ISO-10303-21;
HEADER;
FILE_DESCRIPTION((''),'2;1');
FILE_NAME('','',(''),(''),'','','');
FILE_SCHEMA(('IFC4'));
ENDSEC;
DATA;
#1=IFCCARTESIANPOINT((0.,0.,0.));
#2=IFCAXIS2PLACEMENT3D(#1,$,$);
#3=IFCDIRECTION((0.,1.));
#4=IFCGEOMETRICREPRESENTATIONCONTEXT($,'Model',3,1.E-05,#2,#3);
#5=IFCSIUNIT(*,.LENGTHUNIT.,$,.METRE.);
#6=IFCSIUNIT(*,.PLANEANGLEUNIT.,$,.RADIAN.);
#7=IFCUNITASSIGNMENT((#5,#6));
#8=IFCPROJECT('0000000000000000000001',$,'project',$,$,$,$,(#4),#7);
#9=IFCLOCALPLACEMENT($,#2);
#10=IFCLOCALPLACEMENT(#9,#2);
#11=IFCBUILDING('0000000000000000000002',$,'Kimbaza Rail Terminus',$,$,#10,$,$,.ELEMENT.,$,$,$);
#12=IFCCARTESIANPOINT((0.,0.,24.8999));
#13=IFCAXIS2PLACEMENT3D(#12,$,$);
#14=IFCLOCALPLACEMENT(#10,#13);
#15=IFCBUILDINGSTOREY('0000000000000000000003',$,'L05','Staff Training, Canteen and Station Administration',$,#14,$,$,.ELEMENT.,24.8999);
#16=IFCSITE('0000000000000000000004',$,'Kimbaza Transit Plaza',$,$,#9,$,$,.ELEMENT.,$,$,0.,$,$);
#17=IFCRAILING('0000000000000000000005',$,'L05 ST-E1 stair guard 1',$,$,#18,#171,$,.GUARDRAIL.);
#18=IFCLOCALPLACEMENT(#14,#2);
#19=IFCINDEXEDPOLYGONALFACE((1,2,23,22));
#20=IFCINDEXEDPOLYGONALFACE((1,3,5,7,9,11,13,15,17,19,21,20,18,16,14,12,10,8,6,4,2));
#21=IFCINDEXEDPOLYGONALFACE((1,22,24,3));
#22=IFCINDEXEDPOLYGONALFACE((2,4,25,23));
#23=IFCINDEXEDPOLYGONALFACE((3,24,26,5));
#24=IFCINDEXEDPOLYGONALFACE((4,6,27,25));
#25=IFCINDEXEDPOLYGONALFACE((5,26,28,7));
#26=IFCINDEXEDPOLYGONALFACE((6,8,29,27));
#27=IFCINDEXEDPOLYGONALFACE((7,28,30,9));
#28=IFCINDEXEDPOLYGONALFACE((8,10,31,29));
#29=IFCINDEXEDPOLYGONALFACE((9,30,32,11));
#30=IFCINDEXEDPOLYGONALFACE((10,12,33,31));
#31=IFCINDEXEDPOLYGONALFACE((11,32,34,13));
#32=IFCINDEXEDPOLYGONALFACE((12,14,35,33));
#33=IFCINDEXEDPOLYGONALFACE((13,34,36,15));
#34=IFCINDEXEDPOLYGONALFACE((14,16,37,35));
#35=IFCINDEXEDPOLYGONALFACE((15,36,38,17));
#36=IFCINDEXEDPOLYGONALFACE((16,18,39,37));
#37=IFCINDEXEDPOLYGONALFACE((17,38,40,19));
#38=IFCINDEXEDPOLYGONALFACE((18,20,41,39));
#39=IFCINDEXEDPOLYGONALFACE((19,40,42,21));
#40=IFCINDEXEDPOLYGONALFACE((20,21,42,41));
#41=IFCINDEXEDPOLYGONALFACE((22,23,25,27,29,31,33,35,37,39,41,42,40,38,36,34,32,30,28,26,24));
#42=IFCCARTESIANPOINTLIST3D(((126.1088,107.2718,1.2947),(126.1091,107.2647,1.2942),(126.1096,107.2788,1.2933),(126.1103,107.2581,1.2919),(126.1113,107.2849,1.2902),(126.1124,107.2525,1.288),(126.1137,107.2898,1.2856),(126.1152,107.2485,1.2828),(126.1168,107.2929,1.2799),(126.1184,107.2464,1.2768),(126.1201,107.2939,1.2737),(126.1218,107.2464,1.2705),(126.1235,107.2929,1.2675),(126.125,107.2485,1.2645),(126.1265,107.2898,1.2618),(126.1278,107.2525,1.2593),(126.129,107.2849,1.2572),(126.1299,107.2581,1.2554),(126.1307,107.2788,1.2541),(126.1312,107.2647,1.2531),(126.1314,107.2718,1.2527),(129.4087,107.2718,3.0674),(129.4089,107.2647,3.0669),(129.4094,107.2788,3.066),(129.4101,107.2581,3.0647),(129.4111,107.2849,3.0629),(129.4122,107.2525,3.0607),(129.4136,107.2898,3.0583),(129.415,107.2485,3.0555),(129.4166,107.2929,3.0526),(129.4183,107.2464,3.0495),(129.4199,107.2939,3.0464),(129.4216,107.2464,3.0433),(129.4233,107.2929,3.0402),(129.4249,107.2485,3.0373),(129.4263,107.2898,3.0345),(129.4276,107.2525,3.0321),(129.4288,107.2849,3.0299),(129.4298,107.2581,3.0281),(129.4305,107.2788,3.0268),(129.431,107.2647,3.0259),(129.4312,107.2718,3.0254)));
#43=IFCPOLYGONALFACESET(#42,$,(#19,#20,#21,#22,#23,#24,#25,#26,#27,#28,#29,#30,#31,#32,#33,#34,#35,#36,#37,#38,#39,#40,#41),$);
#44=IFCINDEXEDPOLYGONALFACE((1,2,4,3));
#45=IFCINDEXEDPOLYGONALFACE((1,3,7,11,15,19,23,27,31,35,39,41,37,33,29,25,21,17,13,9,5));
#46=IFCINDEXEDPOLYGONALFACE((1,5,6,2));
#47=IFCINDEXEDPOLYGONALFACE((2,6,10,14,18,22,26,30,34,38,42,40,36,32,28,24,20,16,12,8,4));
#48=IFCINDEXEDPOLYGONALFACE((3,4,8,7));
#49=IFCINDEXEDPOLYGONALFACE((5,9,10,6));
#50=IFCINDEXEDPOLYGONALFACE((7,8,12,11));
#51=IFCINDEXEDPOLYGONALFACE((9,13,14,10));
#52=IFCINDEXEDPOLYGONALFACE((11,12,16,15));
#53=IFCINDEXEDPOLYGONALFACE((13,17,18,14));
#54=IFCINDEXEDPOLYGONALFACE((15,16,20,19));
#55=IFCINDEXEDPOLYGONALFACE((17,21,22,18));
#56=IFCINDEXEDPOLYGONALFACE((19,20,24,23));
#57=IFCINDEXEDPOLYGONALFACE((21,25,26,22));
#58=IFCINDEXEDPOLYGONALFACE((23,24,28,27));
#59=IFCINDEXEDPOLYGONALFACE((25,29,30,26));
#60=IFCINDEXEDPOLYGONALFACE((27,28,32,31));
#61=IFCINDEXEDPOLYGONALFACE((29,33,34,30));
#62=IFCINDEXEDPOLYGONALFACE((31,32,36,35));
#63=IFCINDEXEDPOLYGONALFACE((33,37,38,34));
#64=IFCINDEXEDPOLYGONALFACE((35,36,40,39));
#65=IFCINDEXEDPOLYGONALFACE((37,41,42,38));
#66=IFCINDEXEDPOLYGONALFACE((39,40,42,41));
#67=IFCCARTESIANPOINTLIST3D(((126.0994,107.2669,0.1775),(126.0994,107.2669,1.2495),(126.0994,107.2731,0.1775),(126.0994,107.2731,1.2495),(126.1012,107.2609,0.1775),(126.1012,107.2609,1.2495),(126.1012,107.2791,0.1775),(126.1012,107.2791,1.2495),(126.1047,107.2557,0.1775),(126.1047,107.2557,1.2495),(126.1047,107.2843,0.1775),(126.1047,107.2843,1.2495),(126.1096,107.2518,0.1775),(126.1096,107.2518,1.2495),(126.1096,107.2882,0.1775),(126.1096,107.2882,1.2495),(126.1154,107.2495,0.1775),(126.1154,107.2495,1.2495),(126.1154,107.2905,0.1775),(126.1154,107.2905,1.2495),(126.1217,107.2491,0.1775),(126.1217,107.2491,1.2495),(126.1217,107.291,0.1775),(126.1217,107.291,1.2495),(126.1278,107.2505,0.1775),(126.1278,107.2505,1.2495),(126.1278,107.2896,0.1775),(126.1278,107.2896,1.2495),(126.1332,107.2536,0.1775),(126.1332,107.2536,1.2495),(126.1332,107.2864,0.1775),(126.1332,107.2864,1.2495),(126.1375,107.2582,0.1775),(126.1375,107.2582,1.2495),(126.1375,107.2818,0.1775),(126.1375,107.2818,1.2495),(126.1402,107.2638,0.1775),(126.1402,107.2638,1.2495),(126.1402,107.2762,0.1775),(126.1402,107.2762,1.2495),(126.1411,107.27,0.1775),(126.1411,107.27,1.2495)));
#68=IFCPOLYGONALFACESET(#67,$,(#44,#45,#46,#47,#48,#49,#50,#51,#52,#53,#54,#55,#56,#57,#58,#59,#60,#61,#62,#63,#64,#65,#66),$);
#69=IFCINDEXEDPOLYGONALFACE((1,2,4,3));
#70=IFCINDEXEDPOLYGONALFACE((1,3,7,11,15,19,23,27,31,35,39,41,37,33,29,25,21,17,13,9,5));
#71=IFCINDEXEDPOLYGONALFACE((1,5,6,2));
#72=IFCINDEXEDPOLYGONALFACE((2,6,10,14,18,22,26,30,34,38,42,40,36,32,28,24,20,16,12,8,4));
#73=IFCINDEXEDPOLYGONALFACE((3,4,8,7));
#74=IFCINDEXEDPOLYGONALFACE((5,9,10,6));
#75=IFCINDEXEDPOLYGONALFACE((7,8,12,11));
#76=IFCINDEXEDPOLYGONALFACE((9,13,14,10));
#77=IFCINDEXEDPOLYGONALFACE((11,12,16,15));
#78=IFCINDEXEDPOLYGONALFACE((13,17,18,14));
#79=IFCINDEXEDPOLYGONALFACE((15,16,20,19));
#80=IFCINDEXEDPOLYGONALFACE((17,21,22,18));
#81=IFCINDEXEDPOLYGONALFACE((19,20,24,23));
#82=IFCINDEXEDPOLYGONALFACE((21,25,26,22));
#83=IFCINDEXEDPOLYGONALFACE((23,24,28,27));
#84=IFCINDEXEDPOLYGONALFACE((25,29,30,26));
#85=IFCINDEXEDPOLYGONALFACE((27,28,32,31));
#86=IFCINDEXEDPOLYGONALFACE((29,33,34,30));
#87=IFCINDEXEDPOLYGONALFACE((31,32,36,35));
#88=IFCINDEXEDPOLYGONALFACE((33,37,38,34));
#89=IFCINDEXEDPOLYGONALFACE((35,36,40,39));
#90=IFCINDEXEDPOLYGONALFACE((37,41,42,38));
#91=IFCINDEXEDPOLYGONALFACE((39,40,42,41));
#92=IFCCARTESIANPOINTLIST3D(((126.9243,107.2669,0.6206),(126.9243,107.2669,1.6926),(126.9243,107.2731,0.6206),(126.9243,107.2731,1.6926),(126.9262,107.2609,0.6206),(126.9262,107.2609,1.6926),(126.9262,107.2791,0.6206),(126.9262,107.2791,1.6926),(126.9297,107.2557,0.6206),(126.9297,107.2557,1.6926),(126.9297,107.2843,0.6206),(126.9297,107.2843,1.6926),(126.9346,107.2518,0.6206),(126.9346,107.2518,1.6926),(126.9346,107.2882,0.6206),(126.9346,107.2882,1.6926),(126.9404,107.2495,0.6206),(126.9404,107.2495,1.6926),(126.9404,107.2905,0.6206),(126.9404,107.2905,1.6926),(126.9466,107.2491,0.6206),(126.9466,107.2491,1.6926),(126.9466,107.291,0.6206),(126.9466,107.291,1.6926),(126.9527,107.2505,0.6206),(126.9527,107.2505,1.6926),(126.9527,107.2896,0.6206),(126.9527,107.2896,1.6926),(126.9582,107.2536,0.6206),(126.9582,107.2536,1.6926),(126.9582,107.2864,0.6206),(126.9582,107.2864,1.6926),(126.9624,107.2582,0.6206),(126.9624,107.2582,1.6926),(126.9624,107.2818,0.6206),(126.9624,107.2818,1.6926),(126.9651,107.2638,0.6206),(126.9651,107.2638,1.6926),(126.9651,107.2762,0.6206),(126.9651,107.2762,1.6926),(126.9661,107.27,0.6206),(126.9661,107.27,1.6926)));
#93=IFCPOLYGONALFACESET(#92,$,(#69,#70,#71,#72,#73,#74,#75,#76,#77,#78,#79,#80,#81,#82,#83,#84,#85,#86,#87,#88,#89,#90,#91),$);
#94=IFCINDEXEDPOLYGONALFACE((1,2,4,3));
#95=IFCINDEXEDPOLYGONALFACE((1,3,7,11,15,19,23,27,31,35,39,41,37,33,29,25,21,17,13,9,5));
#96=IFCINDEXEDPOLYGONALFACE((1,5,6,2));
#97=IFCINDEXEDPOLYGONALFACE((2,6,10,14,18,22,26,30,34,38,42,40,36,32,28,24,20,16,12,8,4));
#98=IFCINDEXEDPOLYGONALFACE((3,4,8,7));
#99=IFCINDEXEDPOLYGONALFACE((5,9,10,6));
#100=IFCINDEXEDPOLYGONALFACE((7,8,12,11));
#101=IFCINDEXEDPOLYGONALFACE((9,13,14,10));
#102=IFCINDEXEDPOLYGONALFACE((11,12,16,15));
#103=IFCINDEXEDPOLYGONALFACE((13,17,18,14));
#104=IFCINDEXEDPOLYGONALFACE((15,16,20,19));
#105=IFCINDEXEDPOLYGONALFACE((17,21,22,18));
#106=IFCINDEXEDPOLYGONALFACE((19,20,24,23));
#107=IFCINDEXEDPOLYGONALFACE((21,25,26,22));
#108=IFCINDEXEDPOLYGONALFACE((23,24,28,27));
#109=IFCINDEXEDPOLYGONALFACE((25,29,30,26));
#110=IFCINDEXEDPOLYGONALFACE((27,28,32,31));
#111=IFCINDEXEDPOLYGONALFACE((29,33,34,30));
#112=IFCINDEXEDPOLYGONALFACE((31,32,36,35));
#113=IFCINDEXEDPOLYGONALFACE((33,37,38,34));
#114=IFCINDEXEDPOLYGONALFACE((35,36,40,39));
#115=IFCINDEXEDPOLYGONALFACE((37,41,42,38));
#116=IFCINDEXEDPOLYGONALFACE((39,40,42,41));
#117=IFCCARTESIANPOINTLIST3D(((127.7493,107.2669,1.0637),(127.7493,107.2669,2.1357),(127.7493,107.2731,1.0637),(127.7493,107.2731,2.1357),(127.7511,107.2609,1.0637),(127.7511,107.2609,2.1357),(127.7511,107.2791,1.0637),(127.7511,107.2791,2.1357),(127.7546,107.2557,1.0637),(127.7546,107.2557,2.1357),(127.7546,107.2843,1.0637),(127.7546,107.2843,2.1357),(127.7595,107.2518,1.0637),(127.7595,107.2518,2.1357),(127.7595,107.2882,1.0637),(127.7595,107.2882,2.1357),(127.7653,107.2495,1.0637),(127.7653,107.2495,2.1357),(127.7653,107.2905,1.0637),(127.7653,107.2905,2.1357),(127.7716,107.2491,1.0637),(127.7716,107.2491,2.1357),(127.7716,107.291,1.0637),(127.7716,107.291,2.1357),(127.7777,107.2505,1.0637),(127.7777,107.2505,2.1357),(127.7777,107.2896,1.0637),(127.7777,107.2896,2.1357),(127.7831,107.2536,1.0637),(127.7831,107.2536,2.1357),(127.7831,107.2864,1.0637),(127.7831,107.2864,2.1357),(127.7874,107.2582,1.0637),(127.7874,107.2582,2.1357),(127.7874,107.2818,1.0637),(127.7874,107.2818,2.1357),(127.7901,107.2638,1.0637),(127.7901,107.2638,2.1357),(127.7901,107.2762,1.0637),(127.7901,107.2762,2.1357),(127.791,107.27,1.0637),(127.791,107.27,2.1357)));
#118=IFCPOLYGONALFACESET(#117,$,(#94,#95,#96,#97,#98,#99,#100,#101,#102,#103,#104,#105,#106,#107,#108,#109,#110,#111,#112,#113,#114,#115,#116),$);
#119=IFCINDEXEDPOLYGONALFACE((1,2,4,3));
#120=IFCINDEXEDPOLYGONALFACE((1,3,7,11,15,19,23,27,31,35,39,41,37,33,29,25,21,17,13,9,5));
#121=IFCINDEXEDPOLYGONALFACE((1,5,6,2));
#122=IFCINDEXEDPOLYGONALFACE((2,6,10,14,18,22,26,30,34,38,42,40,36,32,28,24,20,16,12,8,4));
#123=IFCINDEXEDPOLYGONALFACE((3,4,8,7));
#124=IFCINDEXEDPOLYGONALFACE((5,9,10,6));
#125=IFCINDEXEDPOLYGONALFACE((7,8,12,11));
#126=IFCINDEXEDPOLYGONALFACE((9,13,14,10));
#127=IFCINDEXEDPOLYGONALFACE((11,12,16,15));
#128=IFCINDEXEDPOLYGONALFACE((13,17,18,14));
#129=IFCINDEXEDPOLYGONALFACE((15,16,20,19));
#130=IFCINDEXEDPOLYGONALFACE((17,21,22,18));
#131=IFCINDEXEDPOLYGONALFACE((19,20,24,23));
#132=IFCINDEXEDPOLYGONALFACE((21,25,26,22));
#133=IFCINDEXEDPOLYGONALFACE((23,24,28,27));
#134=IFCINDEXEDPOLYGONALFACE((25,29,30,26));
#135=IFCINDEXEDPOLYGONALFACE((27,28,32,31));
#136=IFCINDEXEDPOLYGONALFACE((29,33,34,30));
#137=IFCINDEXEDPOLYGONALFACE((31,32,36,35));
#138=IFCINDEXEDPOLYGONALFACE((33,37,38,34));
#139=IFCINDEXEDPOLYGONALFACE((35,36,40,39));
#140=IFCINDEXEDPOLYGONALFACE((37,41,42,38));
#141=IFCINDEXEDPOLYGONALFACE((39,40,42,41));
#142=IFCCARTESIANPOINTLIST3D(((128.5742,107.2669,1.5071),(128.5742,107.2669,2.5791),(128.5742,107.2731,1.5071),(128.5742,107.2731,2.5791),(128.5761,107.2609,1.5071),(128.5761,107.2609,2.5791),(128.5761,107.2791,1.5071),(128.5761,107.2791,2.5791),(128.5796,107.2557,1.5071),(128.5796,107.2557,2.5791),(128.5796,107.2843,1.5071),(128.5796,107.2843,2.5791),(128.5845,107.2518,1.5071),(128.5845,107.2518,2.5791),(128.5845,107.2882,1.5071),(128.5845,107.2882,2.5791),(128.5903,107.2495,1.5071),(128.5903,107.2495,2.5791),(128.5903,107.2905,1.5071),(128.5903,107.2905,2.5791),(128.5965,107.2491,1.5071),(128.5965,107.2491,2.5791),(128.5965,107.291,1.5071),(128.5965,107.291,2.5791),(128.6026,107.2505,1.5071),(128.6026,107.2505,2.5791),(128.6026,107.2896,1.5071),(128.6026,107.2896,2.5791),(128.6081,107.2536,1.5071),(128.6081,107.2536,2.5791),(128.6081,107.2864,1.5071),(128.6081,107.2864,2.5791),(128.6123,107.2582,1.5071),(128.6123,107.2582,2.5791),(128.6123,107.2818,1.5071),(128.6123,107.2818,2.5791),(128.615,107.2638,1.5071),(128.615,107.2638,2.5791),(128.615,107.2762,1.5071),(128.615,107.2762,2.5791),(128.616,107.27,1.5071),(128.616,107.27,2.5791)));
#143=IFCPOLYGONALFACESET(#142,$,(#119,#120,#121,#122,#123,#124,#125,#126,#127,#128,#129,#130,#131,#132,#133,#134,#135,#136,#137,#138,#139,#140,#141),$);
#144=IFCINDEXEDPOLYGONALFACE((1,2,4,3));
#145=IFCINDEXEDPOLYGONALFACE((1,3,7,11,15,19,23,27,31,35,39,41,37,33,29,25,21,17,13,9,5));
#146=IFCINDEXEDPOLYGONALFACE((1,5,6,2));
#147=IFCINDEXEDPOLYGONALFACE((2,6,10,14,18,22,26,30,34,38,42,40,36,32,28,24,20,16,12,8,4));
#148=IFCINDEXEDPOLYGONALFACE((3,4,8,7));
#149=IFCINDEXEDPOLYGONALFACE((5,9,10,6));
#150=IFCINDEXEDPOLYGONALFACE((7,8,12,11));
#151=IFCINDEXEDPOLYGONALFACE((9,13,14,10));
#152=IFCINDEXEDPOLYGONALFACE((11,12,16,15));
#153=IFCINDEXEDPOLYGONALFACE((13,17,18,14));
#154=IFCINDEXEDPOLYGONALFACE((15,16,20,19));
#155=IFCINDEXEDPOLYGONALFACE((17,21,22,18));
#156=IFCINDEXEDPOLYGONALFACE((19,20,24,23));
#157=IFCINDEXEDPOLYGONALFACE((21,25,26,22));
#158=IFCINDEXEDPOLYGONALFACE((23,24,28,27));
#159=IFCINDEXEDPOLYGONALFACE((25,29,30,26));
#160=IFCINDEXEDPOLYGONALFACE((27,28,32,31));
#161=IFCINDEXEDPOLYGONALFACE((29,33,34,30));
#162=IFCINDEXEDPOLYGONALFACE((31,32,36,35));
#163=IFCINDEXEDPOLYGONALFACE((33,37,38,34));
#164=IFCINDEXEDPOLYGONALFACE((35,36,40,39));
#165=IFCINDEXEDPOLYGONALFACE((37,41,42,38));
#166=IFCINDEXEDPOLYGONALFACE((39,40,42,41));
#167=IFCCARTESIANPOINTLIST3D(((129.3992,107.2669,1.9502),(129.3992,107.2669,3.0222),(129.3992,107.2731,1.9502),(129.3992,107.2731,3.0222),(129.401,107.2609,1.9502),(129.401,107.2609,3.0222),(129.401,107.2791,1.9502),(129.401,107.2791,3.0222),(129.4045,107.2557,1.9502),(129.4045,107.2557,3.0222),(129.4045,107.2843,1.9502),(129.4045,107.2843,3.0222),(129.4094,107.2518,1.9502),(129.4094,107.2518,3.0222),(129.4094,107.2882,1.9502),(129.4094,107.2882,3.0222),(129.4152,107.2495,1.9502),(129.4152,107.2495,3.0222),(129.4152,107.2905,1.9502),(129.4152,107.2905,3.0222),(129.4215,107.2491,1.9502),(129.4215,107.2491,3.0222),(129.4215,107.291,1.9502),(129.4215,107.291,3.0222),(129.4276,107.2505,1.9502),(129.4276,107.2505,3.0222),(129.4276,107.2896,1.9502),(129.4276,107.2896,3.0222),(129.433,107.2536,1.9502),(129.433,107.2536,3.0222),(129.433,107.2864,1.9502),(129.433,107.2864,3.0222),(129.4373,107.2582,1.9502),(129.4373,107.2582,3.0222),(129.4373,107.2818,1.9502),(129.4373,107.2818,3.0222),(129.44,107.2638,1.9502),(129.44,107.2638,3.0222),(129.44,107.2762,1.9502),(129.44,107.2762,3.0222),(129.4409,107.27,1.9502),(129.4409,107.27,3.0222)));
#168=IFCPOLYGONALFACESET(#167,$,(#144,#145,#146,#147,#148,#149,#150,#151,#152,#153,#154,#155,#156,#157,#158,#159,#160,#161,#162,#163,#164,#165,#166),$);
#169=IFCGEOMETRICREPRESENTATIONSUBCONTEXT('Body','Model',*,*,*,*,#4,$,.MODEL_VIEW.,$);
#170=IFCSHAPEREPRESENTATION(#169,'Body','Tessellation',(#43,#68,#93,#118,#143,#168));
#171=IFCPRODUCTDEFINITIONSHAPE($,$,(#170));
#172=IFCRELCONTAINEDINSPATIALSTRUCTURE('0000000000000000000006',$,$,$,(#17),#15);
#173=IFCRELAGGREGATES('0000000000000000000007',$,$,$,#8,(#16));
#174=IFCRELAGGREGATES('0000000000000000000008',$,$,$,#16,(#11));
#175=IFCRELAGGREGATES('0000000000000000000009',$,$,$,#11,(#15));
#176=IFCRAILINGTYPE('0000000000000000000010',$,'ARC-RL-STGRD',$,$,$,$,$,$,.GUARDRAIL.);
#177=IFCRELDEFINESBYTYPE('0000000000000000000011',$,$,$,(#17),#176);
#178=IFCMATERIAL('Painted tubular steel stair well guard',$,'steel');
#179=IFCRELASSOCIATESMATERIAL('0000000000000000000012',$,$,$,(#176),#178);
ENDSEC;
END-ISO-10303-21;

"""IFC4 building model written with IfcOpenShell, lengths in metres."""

from ifc_helpers import new_model, si_unit, direction, frame, origin, origin_2d, place, context, subcontext, project, spatial, circle, extrude, material, type_object, element, save


model = new_model("IFC4")

# Units and contexts
model_context = context("Model", 3, precision=1e-05, world=origin(), true_north=direction((0.0, 1.0)))
body_context = subcontext(model_context, "Body", "Model", "MODEL_VIEW")
ifc_project = project(units=[si_unit("LENGTHUNIT", "METRE"), si_unit("PLANEANGLEUNIT", "RADIAN")], contexts=[model_context])

# Site, building, storey
site_placement = place(None, origin())
site = spatial("IfcSite", under=ifc_project, at=site_placement, Name="Kimbaza Transit Plaza", CompositionType="ELEMENT", RefElevation=0.0)
building_placement = place(site_placement, origin())
building = spatial("IfcBuilding", under=site, at=building_placement, Name="Kimbaza Rail Terminus", CompositionType="ELEMENT")
storey_placement = place(building_placement, frame((0.0, 0.0, 24.8999)))
storey = spatial("IfcBuildingStorey", under=building, at=storey_placement, Name="L05", Description="Staff Training, Canteen and Station Administration", CompositionType="ELEMENT", Elevation=24.8999)

# Railing
ifc_material_1 = material(Name="Painted tubular steel stair well guard", Category="steel")
railing_type_1 = type_object("IfcRailingType", Name="ARC-RL-STGRD", PredefinedType="GUARDRAIL", material=ifc_material_1)
railing_1_placement = place(storey_placement, frame((126.1201, 107.27, 0.1775)))
element("IfcRailing", 1, at=railing_1_placement, inside=storey, type_object=railing_type_1, Name="L05 ST-E1 stair guard 1", PredefinedType="GUARDRAIL", context=body_context, shape_type="SweptSolid", body=[
    extrude(circle(Radius=0.0239, at=origin_2d()), frame((0.0, 0.0, 1.0962), z_axis=(0.880929, 0.0, 0.473248), x_axis=(0.0, 1.0, 0.0)), (0.0, 0.0, 1.0), 3.7458),
    extrude(circle(Radius=0.021, at=origin_2d()), origin(), (0.0, 0.0, 1.0), 1.072),
    extrude(circle(Radius=0.021, at=origin_2d()), frame((0.825, 0.0, 0.4431)), (0.0, 0.0, 1.0), 1.072),
    extrude(circle(Radius=0.021, at=origin_2d()), frame((1.6499, 0.0, 0.8862)), (0.0, 0.0, 1.0), 1.072),
    extrude(circle(Radius=0.021, at=origin_2d()), frame((2.4749, 0.0, 1.3296)), (0.0, 0.0, 1.0), 1.072),
    extrude(circle(Radius=0.021, at=origin_2d()), frame((3.2998, 0.0, 1.7727)), (0.0, 0.0, 1.0), 1.072),
])

save(model, "model.ifc")
